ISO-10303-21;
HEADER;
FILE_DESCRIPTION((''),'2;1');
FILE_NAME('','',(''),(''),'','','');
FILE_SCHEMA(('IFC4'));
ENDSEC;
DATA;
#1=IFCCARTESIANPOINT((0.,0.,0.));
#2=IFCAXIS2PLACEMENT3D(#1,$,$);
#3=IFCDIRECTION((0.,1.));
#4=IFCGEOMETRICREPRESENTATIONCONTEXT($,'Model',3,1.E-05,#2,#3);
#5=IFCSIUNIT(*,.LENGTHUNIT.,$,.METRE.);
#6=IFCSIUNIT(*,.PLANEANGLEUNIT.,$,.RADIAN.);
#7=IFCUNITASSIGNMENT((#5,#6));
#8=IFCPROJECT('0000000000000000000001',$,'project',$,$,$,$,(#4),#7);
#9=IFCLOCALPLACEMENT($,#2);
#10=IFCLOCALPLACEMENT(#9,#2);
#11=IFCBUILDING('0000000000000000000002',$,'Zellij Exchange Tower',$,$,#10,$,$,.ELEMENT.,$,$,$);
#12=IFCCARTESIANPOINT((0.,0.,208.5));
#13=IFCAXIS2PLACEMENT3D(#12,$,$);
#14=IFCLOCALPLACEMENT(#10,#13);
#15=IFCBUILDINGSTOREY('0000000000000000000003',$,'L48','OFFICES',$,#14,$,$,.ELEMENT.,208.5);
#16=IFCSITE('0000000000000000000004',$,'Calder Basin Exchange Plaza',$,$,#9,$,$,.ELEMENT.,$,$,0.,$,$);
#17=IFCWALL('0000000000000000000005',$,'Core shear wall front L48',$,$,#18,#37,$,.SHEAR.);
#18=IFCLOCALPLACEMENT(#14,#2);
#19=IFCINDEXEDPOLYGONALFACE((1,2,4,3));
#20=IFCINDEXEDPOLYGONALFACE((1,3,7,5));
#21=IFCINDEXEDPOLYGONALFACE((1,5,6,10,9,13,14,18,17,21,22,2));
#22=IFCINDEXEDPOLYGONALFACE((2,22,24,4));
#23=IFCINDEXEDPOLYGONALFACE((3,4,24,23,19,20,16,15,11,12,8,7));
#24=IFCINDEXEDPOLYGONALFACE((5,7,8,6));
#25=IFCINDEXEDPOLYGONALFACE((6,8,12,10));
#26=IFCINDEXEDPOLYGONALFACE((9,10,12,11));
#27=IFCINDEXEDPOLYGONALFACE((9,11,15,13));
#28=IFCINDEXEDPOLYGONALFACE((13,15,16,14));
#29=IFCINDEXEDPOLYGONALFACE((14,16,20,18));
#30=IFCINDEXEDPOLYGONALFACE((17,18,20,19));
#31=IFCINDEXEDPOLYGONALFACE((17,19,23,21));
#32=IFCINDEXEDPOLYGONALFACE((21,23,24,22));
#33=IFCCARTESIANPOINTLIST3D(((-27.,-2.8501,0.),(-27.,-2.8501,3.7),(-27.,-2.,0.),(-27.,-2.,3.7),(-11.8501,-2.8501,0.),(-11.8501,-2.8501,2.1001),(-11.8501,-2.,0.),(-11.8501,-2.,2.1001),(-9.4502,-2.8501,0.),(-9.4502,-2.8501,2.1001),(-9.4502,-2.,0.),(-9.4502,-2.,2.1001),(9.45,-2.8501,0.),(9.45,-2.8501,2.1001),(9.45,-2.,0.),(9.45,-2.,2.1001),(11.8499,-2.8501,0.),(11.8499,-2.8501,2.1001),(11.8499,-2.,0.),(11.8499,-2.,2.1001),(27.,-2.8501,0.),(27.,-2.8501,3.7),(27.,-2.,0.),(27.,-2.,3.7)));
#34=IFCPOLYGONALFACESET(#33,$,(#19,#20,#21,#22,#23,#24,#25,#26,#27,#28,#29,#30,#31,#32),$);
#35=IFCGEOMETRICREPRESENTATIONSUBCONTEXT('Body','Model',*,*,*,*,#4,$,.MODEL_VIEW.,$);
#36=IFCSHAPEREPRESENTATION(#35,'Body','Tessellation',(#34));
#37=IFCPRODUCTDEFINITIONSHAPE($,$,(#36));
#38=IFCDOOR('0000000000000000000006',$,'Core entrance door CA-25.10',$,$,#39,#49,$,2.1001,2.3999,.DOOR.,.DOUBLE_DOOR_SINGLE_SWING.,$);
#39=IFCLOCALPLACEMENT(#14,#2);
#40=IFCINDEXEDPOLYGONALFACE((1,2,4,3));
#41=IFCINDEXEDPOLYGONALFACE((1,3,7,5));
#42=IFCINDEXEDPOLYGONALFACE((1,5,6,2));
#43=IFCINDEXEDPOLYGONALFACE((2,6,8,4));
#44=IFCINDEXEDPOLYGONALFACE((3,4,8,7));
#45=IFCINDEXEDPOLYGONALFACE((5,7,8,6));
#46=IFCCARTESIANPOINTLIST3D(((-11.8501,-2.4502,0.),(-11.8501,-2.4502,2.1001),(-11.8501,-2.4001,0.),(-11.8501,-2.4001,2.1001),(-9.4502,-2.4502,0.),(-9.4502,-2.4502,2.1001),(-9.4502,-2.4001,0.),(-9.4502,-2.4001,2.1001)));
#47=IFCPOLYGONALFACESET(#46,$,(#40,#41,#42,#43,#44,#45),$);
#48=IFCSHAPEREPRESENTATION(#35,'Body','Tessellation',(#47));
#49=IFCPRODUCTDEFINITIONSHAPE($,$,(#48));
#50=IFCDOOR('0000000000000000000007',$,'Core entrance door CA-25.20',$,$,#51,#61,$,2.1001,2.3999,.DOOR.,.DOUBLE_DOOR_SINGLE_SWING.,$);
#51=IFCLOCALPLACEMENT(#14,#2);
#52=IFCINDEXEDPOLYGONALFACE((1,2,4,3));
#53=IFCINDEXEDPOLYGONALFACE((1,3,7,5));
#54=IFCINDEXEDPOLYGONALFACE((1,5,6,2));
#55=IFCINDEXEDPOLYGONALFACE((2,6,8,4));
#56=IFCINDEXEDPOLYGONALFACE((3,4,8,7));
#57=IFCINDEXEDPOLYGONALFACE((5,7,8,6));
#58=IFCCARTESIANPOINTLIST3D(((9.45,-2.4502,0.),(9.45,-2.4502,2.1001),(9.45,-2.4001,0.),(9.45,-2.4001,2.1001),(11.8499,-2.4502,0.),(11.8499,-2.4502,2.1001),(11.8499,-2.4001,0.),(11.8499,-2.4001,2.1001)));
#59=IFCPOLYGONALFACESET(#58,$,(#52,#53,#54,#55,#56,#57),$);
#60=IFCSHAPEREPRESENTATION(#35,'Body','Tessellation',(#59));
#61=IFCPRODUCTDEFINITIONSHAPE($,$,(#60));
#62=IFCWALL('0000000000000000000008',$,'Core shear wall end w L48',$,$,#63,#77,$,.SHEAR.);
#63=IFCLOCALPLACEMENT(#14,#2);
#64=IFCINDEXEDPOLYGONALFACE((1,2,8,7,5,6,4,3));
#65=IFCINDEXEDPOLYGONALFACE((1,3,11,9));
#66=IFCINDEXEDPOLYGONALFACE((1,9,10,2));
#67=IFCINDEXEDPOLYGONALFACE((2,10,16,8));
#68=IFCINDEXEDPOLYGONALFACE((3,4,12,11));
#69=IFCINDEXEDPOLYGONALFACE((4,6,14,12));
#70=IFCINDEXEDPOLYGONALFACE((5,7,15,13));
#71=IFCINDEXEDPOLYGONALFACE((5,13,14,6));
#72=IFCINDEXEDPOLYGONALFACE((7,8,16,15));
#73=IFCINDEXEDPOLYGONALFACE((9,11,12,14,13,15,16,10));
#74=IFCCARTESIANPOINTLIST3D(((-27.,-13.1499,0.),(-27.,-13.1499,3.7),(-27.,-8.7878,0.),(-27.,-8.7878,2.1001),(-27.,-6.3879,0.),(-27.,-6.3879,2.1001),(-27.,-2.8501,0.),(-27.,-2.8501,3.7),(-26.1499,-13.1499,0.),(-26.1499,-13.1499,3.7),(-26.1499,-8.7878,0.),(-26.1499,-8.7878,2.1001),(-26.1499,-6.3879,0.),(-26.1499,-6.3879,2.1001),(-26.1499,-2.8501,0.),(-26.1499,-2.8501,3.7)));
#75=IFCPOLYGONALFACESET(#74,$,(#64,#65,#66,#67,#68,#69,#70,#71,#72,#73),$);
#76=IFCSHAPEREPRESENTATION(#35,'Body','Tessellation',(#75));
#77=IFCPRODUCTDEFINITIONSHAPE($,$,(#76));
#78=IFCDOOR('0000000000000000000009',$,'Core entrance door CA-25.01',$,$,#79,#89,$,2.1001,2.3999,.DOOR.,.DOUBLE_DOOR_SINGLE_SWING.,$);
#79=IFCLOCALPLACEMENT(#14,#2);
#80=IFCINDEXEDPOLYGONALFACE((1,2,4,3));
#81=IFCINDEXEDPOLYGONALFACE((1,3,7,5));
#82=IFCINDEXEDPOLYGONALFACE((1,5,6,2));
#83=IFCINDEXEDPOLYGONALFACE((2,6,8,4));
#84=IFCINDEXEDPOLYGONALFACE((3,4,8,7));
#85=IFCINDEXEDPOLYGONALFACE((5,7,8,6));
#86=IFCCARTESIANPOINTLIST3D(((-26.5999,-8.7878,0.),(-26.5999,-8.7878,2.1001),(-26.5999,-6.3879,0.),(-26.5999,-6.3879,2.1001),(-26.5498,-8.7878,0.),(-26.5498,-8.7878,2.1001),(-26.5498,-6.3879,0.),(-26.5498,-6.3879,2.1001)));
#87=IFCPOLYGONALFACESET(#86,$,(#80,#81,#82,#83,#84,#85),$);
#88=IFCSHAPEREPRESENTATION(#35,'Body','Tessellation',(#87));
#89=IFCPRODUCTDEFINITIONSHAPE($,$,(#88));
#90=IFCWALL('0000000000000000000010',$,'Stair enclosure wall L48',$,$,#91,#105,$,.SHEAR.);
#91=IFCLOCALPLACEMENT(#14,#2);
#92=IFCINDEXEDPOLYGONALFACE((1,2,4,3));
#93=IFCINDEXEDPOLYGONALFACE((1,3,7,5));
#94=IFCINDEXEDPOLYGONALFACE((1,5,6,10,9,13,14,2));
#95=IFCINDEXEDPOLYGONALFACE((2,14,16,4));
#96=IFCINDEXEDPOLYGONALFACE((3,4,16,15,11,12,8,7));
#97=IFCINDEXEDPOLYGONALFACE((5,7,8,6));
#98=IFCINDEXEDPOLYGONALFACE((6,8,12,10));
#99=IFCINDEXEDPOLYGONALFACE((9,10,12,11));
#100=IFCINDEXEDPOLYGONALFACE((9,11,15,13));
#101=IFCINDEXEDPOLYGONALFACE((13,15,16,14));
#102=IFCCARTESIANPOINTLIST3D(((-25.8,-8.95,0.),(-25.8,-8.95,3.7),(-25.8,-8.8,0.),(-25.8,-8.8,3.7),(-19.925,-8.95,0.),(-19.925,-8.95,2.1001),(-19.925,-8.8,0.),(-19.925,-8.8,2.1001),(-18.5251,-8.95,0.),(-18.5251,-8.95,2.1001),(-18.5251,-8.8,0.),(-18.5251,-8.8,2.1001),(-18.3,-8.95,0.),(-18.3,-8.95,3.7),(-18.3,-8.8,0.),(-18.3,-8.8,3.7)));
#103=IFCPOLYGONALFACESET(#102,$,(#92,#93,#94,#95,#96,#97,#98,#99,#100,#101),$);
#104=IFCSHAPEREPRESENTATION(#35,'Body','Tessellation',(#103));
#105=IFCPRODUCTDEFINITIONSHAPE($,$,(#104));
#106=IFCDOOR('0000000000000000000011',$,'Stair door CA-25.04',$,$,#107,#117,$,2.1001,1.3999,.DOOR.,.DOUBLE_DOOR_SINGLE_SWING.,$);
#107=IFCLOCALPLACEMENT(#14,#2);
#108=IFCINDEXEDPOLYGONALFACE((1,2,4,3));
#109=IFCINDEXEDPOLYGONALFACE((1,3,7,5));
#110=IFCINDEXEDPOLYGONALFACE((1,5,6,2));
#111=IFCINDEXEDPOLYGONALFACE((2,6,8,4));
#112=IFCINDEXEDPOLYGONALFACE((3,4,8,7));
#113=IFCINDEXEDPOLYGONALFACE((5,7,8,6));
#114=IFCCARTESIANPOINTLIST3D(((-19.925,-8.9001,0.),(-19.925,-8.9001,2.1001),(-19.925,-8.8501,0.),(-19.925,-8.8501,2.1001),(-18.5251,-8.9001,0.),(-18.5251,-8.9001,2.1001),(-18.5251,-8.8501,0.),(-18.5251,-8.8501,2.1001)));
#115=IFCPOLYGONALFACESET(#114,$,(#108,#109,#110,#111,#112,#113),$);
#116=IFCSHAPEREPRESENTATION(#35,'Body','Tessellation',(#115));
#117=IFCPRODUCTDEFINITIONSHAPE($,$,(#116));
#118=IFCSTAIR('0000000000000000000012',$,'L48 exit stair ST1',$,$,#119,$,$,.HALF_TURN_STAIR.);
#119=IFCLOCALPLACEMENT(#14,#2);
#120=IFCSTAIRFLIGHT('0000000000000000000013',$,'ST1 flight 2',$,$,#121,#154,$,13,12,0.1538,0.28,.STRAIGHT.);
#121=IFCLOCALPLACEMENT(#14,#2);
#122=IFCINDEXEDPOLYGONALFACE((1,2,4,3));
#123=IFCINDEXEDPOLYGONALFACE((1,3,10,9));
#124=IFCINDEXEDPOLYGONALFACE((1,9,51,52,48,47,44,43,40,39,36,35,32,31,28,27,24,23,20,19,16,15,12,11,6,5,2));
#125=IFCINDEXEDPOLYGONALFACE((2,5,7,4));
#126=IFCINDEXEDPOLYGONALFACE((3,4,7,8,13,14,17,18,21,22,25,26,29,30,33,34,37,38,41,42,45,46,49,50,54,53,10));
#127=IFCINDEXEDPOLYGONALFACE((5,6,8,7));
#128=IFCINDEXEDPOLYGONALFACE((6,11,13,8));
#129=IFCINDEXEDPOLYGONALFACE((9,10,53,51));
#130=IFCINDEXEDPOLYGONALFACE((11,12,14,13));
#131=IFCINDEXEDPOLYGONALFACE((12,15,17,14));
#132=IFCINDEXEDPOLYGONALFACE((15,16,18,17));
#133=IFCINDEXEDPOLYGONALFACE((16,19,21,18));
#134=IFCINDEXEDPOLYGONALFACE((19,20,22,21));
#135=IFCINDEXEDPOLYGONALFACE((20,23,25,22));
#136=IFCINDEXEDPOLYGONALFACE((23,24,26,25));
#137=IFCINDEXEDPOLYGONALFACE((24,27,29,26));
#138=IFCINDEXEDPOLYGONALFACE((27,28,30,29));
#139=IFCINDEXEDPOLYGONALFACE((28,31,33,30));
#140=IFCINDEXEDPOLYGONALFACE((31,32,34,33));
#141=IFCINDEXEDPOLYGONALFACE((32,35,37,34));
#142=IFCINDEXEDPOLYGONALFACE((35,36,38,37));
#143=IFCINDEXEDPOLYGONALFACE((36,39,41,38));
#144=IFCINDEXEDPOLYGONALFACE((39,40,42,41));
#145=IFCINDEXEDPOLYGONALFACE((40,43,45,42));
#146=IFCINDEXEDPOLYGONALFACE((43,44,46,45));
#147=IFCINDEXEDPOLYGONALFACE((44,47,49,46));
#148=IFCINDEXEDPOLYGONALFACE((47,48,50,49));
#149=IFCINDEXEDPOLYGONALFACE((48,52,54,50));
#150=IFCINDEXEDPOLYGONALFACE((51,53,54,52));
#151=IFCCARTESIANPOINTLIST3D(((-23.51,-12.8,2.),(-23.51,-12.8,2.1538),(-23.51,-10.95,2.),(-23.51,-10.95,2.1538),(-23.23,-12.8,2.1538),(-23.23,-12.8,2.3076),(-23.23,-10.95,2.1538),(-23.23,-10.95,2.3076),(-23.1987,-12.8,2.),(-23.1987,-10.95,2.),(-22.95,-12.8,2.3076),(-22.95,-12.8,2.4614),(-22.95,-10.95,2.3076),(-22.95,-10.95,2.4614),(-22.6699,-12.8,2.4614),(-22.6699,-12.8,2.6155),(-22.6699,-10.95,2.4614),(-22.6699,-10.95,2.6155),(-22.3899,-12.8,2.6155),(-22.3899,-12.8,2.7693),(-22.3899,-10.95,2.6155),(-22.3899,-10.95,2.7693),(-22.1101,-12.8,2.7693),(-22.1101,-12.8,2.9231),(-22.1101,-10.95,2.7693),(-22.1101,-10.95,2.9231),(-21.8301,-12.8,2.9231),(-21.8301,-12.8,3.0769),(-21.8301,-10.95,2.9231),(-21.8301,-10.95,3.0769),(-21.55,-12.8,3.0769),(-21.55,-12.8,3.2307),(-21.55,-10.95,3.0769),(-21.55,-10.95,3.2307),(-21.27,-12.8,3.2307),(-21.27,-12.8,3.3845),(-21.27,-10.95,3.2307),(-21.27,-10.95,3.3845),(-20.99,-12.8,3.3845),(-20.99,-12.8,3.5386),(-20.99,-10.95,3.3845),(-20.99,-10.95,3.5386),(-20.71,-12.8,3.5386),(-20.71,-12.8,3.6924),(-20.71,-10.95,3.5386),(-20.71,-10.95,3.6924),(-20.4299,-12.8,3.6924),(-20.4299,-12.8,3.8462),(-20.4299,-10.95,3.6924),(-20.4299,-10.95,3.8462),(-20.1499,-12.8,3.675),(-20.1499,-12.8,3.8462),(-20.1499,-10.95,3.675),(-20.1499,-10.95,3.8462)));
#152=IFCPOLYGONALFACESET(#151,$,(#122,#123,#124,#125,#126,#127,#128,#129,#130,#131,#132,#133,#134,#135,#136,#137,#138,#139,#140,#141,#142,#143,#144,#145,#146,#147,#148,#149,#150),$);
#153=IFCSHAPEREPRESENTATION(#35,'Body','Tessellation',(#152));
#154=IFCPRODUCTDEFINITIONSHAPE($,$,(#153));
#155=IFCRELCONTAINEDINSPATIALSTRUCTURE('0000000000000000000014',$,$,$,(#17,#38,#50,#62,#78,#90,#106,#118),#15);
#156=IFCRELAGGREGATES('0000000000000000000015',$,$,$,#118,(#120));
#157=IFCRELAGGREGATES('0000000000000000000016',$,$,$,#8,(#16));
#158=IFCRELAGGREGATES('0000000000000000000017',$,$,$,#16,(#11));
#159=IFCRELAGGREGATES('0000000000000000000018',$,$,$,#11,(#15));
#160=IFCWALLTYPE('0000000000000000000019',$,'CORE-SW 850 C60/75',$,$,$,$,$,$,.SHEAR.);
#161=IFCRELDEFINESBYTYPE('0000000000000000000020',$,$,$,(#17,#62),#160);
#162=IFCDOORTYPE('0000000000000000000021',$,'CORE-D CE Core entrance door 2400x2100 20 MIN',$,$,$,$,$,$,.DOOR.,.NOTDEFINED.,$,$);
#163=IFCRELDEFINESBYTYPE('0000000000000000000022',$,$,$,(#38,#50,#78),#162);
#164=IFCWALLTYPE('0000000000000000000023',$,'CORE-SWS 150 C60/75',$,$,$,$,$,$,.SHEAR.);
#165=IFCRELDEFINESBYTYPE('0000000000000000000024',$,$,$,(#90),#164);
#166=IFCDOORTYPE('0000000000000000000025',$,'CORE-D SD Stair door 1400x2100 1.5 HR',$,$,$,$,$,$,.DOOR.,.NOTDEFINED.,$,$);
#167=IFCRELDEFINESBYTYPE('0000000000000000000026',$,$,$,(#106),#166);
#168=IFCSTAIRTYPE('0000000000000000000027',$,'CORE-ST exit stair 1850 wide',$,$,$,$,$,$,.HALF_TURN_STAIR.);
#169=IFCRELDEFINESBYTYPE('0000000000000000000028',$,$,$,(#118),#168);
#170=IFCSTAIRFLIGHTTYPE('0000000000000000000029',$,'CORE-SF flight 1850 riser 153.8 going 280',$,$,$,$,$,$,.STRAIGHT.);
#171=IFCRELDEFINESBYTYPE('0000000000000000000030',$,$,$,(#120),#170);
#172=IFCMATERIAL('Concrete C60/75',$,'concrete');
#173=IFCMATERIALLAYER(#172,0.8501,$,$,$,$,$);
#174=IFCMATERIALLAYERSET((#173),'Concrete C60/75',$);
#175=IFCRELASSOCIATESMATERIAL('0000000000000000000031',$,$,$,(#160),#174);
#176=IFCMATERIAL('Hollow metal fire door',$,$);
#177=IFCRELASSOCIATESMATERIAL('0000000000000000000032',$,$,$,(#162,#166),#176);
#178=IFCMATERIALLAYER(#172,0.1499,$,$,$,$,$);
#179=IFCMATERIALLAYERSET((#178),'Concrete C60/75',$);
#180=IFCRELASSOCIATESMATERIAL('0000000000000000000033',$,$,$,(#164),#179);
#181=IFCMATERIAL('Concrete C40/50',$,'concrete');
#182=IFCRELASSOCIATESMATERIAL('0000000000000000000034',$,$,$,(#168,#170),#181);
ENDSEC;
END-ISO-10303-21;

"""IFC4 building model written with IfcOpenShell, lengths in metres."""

from ifc_helpers import new_model, si_unit, direction, frame, frame_2d, origin, place, context, subcontext, project, spatial, polyline, rectangle, outline, extrude, material, layer, layer_set, type_object, element, fill, aggregate, save


model = new_model("IFC4")

# Units and contexts
model_context = context("Model", 3, precision=1e-05, world=origin(), true_north=direction((0.0, 1.0)))
body_context = subcontext(model_context, "Body", "Model", "MODEL_VIEW")
ifc_project = project(units=[si_unit("LENGTHUNIT", "METRE"), si_unit("PLANEANGLEUNIT", "RADIAN")], contexts=[model_context])

# Site, building, storey
site_placement = place(None, origin())
site = spatial("IfcSite", under=ifc_project, at=site_placement, Name="Calder Basin Exchange Plaza", CompositionType="ELEMENT", RefElevation=0.0)
building_placement = place(site_placement, origin())
building = spatial("IfcBuilding", under=site, at=building_placement, Name="Zellij Exchange Tower", CompositionType="ELEMENT")
storey_placement = place(building_placement, frame((0.0, 0.0, 208.5)))
storey = spatial("IfcBuildingStorey", under=building, at=storey_placement, Name="L48", Description="OFFICES", CompositionType="ELEMENT", Elevation=208.5)

# Wall, openings, doors
ifc_material_1 = material(Name="Hollow metal fire door")
ifc_material_2 = material(Name="Concrete C60/75", Category="concrete")
ifc_layer_1 = layer(ifc_material_2, 0.8501)
ifc_layer_set_1 = layer_set([ifc_layer_1], Name="Concrete C60/75")
wall_type_1 = type_object("IfcWallType", Name="CORE-SW 850 C60/75", PredefinedType="SHEAR", material=ifc_layer_set_1)
wall_1_placement = place(storey_placement, frame((-27.0, -2.425, 0.0), z_axis=(0.0, 0.0, 1.0), x_axis=(1.0, 0.0, 0.0)))
wall_1 = element("IfcWall", 1, at=wall_1_placement, inside=storey, type_object=wall_type_1, Name="Core shear wall front L48", PredefinedType="SHEAR", context=body_context, shape_type="SweptSolid", body=[
    extrude(rectangle(XDim=54.0, YDim=0.8501, at=frame_2d((27.0, 0.0))), origin(), (0.0, 0.0, 1.0), 3.7),
])
opening_1_placement = place(wall_1_placement, frame((15.1499, 0.0, 0.0)))
opening_1 = element("IfcOpeningElement", 2, at=opening_1_placement, cuts=wall_1, PredefinedType="OPENING", context=body_context, shape_type="SweptSolid", body=[
    extrude(rectangle(XDim=2.3999, YDim=2.1001, at=frame_2d((1.2, 1.05))), frame((0.0, 0.437, 0.0), z_axis=(0.0, -1.0, 0.0), x_axis=(1.0, 0.0, 0.0)), (0.0, 0.0, 1.0), 0.874),
])
opening_2_placement = place(wall_1_placement, frame((36.45, 0.0, 0.0)))
opening_2 = element("IfcOpeningElement", 3, at=opening_2_placement, cuts=wall_1, PredefinedType="OPENING", context=body_context, shape_type="SweptSolid", body=[
    extrude(rectangle(XDim=2.3999, YDim=2.1001, at=frame_2d((1.2, 1.05))), frame((0.0, 0.437, 0.0), z_axis=(0.0, -1.0, 0.0), x_axis=(1.0, 0.0, 0.0)), (0.0, 0.0, 1.0), 0.874),
])
door_type_1 = type_object("IfcDoorType", Name="CORE-D CE Core entrance door 2400x2100 20 MIN", OperationType="NOTDEFINED", PredefinedType="DOOR", material=ifc_material_1)
door_1_placement = place(opening_1_placement, origin())
door_1 = element("IfcDoor", 4, at=door_1_placement, inside=storey, type_object=door_type_1, Name="Core entrance door CA-25.10", OperationType="DOUBLE_DOOR_SINGLE_SWING", OverallHeight=2.1001, OverallWidth=2.3999, PredefinedType="DOOR", context=body_context, shape_type="SweptSolid", body=[
    extrude(rectangle(XDim=2.3999, YDim=2.1001, at=frame_2d((1.2, 1.05))), frame((0.0, 0.0249, 0.0), z_axis=(0.0, -1.0, 0.0), x_axis=(1.0, 0.0, 0.0)), (0.0, 0.0, 1.0), 0.05),
])
fill(opening_1, door_1)
door_2_placement = place(opening_2_placement, origin())
door_2 = element("IfcDoor", 5, at=door_2_placement, inside=storey, type_object=door_type_1, Name="Core entrance door CA-25.20", OperationType="DOUBLE_DOOR_SINGLE_SWING", OverallHeight=2.1001, OverallWidth=2.3999, PredefinedType="DOOR", context=body_context, shape_type="SweptSolid", body=[
    extrude(rectangle(XDim=2.3999, YDim=2.1001, at=frame_2d((1.2, 1.05))), frame((0.0, 0.0249, 0.0), z_axis=(0.0, -1.0, 0.0), x_axis=(1.0, 0.0, 0.0)), (0.0, 0.0, 1.0), 0.05),
])
fill(opening_2, door_2)

# Walls, openings, doors
wall_2_placement = place(storey_placement, frame((-26.575, -13.1499, 0.0), z_axis=(0.0, 0.0, 1.0), x_axis=(0.0, 1.0, 0.0)))
wall_2 = element("IfcWall", 6, at=wall_2_placement, inside=storey, type_object=wall_type_1, Name="Core shear wall end w L48", PredefinedType="SHEAR", context=body_context, shape_type="SweptSolid", body=[
    extrude(rectangle(XDim=10.2998, YDim=0.8501, at=frame_2d((5.1499, 0.0))), origin(), (0.0, 0.0, 1.0), 3.7),
])
opening_3_placement = place(wall_2_placement, frame((4.3621, 0.0, 0.0)))
opening_3 = element("IfcOpeningElement", 7, at=opening_3_placement, cuts=wall_2, PredefinedType="OPENING", context=body_context, shape_type="SweptSolid", body=[
    extrude(rectangle(XDim=2.3999, YDim=2.1001, at=frame_2d((1.2, 1.05))), frame((0.0, 0.437, 0.0), z_axis=(0.0, -1.0, 0.0), x_axis=(1.0, 0.0, 0.0)), (0.0, 0.0, 1.0), 0.874),
])
door_3_placement = place(opening_3_placement, origin())
door_3 = element("IfcDoor", 8, at=door_3_placement, inside=storey, type_object=door_type_1, Name="Core entrance door CA-25.01", OperationType="DOUBLE_DOOR_SINGLE_SWING", OverallHeight=2.1001, OverallWidth=2.3999, PredefinedType="DOOR", context=body_context, shape_type="SweptSolid", body=[
    extrude(rectangle(XDim=2.3999, YDim=2.1001, at=frame_2d((1.2, 1.05))), frame((0.0, 0.0249, 0.0), z_axis=(0.0, -1.0, 0.0), x_axis=(1.0, 0.0, 0.0)), (0.0, 0.0, 1.0), 0.05),
])
fill(opening_3, door_3)
ifc_layer_2 = layer(ifc_material_2, 0.1499)
ifc_layer_set_2 = layer_set([ifc_layer_2], Name="Concrete C60/75")
wall_type_2 = type_object("IfcWallType", Name="CORE-SWS 150 C60/75", PredefinedType="SHEAR", material=ifc_layer_set_2)
wall_3_placement = place(storey_placement, frame((-25.8, -8.875, 0.0), z_axis=(0.0, 0.0, 1.0), x_axis=(1.0, 0.0, 0.0)))
wall_3 = element("IfcWall", 9, at=wall_3_placement, inside=storey, type_object=wall_type_2, Name="Stair enclosure wall L48", PredefinedType="SHEAR", context=body_context, shape_type="SweptSolid", body=[
    extrude(rectangle(XDim=7.5, YDim=0.1499, at=frame_2d((3.75, 0.0))), origin(), (0.0, 0.0, 1.0), 3.7),
])
opening_4_placement = place(wall_3_placement, frame((5.875, 0.0, 0.0)))
opening_4 = element("IfcOpeningElement", 10, at=opening_4_placement, cuts=wall_3, PredefinedType="OPENING", context=body_context, shape_type="SweptSolid", body=[
    extrude(rectangle(XDim=1.3999, YDim=2.1001, at=frame_2d((0.7, 1.05))), frame((0.0, 0.0869, 0.0), z_axis=(0.0, -1.0, 0.0), x_axis=(1.0, 0.0, 0.0)), (0.0, 0.0, 1.0), 0.1738),
])
door_type_2 = type_object("IfcDoorType", Name="CORE-D SD Stair door 1400x2100 1.5 HR", OperationType="NOTDEFINED", PredefinedType="DOOR", material=ifc_material_1)
door_4_placement = place(opening_4_placement, origin())
door_4 = element("IfcDoor", 11, at=door_4_placement, inside=storey, type_object=door_type_2, Name="Stair door CA-25.04", OperationType="DOUBLE_DOOR_SINGLE_SWING", OverallHeight=2.1001, OverallWidth=1.3999, PredefinedType="DOOR", context=body_context, shape_type="SweptSolid", body=[
    extrude(rectangle(XDim=1.3999, YDim=2.1001, at=frame_2d((0.7, 1.05))), frame((0.0, 0.0249, 0.0), z_axis=(0.0, -1.0, 0.0), x_axis=(1.0, 0.0, 0.0)), (0.0, 0.0, 1.0), 0.05),
])
fill(opening_4, door_4)

# Stair, stair flight
ifc_material_3 = material(Name="Concrete C40/50", Category="concrete")
stair_type = type_object("IfcStairType", Name="CORE-ST exit stair 1850 wide", PredefinedType="HALF_TURN_STAIR", material=ifc_material_3)
stair_placement = place(storey_placement, origin())
stair = element("IfcStair", 12, at=stair_placement, inside=storey, type_object=stair_type, Name="L48 exit stair ST1", PredefinedType="HALF_TURN_STAIR")
stair_flight_type = type_object("IfcStairFlightType", Name="CORE-SF flight 1850 riser 153.8 going 280", PredefinedType="STRAIGHT", material=ifc_material_3)
stair_flight_placement = place(storey_placement, frame((-23.51, -11.875, 2.0), z_axis=(0.0, 0.0, 1.0), x_axis=(1.0, 0.0, 0.0)))
stair_flight = element("IfcStairFlight", 13, at=stair_flight_placement, type_object=stair_flight_type, Name="ST1 flight 2", NumberOfRisers=13, NumberOfTreads=12, PredefinedType="STRAIGHT", RiserHeight=0.1538, TreadLength=0.28, context=body_context, shape_type="SweptSolid", body=[
    extrude(outline(polyline([(0.0, 0.0), (0.0, 0.1538), (0.28, 0.1538), (0.28, 0.3076), (0.5601, 0.3076), (0.5601, 0.4614), (0.8401, 0.4614), (0.8401, 0.6155), (1.1201, 0.6155), (1.1201, 0.7693), (1.3999, 0.7693), (1.3999, 0.9231), (1.6799, 0.9231), (1.6799, 1.0769), (1.96, 1.0769), (1.96, 1.2307), (2.24, 1.2307), (2.24, 1.3845), (2.52, 1.3845), (2.52, 1.5386), (2.8, 1.5386), (2.8, 1.6924), (3.0801, 1.6924), (3.0801, 1.8462), (3.3601, 1.8462), (3.3601, 2.0), (3.3601, 1.675), (0.3113, 0.0), (0.0, 0.0)])), frame((0.0, 0.925, 0.0), z_axis=(0.0, -1.0, 0.0), x_axis=(1.0, 0.0, 0.0)), (0.0, 0.0, 1.0), 1.8501),
])
aggregate(stair, [stair_flight])

save(model, "model.ifc")
